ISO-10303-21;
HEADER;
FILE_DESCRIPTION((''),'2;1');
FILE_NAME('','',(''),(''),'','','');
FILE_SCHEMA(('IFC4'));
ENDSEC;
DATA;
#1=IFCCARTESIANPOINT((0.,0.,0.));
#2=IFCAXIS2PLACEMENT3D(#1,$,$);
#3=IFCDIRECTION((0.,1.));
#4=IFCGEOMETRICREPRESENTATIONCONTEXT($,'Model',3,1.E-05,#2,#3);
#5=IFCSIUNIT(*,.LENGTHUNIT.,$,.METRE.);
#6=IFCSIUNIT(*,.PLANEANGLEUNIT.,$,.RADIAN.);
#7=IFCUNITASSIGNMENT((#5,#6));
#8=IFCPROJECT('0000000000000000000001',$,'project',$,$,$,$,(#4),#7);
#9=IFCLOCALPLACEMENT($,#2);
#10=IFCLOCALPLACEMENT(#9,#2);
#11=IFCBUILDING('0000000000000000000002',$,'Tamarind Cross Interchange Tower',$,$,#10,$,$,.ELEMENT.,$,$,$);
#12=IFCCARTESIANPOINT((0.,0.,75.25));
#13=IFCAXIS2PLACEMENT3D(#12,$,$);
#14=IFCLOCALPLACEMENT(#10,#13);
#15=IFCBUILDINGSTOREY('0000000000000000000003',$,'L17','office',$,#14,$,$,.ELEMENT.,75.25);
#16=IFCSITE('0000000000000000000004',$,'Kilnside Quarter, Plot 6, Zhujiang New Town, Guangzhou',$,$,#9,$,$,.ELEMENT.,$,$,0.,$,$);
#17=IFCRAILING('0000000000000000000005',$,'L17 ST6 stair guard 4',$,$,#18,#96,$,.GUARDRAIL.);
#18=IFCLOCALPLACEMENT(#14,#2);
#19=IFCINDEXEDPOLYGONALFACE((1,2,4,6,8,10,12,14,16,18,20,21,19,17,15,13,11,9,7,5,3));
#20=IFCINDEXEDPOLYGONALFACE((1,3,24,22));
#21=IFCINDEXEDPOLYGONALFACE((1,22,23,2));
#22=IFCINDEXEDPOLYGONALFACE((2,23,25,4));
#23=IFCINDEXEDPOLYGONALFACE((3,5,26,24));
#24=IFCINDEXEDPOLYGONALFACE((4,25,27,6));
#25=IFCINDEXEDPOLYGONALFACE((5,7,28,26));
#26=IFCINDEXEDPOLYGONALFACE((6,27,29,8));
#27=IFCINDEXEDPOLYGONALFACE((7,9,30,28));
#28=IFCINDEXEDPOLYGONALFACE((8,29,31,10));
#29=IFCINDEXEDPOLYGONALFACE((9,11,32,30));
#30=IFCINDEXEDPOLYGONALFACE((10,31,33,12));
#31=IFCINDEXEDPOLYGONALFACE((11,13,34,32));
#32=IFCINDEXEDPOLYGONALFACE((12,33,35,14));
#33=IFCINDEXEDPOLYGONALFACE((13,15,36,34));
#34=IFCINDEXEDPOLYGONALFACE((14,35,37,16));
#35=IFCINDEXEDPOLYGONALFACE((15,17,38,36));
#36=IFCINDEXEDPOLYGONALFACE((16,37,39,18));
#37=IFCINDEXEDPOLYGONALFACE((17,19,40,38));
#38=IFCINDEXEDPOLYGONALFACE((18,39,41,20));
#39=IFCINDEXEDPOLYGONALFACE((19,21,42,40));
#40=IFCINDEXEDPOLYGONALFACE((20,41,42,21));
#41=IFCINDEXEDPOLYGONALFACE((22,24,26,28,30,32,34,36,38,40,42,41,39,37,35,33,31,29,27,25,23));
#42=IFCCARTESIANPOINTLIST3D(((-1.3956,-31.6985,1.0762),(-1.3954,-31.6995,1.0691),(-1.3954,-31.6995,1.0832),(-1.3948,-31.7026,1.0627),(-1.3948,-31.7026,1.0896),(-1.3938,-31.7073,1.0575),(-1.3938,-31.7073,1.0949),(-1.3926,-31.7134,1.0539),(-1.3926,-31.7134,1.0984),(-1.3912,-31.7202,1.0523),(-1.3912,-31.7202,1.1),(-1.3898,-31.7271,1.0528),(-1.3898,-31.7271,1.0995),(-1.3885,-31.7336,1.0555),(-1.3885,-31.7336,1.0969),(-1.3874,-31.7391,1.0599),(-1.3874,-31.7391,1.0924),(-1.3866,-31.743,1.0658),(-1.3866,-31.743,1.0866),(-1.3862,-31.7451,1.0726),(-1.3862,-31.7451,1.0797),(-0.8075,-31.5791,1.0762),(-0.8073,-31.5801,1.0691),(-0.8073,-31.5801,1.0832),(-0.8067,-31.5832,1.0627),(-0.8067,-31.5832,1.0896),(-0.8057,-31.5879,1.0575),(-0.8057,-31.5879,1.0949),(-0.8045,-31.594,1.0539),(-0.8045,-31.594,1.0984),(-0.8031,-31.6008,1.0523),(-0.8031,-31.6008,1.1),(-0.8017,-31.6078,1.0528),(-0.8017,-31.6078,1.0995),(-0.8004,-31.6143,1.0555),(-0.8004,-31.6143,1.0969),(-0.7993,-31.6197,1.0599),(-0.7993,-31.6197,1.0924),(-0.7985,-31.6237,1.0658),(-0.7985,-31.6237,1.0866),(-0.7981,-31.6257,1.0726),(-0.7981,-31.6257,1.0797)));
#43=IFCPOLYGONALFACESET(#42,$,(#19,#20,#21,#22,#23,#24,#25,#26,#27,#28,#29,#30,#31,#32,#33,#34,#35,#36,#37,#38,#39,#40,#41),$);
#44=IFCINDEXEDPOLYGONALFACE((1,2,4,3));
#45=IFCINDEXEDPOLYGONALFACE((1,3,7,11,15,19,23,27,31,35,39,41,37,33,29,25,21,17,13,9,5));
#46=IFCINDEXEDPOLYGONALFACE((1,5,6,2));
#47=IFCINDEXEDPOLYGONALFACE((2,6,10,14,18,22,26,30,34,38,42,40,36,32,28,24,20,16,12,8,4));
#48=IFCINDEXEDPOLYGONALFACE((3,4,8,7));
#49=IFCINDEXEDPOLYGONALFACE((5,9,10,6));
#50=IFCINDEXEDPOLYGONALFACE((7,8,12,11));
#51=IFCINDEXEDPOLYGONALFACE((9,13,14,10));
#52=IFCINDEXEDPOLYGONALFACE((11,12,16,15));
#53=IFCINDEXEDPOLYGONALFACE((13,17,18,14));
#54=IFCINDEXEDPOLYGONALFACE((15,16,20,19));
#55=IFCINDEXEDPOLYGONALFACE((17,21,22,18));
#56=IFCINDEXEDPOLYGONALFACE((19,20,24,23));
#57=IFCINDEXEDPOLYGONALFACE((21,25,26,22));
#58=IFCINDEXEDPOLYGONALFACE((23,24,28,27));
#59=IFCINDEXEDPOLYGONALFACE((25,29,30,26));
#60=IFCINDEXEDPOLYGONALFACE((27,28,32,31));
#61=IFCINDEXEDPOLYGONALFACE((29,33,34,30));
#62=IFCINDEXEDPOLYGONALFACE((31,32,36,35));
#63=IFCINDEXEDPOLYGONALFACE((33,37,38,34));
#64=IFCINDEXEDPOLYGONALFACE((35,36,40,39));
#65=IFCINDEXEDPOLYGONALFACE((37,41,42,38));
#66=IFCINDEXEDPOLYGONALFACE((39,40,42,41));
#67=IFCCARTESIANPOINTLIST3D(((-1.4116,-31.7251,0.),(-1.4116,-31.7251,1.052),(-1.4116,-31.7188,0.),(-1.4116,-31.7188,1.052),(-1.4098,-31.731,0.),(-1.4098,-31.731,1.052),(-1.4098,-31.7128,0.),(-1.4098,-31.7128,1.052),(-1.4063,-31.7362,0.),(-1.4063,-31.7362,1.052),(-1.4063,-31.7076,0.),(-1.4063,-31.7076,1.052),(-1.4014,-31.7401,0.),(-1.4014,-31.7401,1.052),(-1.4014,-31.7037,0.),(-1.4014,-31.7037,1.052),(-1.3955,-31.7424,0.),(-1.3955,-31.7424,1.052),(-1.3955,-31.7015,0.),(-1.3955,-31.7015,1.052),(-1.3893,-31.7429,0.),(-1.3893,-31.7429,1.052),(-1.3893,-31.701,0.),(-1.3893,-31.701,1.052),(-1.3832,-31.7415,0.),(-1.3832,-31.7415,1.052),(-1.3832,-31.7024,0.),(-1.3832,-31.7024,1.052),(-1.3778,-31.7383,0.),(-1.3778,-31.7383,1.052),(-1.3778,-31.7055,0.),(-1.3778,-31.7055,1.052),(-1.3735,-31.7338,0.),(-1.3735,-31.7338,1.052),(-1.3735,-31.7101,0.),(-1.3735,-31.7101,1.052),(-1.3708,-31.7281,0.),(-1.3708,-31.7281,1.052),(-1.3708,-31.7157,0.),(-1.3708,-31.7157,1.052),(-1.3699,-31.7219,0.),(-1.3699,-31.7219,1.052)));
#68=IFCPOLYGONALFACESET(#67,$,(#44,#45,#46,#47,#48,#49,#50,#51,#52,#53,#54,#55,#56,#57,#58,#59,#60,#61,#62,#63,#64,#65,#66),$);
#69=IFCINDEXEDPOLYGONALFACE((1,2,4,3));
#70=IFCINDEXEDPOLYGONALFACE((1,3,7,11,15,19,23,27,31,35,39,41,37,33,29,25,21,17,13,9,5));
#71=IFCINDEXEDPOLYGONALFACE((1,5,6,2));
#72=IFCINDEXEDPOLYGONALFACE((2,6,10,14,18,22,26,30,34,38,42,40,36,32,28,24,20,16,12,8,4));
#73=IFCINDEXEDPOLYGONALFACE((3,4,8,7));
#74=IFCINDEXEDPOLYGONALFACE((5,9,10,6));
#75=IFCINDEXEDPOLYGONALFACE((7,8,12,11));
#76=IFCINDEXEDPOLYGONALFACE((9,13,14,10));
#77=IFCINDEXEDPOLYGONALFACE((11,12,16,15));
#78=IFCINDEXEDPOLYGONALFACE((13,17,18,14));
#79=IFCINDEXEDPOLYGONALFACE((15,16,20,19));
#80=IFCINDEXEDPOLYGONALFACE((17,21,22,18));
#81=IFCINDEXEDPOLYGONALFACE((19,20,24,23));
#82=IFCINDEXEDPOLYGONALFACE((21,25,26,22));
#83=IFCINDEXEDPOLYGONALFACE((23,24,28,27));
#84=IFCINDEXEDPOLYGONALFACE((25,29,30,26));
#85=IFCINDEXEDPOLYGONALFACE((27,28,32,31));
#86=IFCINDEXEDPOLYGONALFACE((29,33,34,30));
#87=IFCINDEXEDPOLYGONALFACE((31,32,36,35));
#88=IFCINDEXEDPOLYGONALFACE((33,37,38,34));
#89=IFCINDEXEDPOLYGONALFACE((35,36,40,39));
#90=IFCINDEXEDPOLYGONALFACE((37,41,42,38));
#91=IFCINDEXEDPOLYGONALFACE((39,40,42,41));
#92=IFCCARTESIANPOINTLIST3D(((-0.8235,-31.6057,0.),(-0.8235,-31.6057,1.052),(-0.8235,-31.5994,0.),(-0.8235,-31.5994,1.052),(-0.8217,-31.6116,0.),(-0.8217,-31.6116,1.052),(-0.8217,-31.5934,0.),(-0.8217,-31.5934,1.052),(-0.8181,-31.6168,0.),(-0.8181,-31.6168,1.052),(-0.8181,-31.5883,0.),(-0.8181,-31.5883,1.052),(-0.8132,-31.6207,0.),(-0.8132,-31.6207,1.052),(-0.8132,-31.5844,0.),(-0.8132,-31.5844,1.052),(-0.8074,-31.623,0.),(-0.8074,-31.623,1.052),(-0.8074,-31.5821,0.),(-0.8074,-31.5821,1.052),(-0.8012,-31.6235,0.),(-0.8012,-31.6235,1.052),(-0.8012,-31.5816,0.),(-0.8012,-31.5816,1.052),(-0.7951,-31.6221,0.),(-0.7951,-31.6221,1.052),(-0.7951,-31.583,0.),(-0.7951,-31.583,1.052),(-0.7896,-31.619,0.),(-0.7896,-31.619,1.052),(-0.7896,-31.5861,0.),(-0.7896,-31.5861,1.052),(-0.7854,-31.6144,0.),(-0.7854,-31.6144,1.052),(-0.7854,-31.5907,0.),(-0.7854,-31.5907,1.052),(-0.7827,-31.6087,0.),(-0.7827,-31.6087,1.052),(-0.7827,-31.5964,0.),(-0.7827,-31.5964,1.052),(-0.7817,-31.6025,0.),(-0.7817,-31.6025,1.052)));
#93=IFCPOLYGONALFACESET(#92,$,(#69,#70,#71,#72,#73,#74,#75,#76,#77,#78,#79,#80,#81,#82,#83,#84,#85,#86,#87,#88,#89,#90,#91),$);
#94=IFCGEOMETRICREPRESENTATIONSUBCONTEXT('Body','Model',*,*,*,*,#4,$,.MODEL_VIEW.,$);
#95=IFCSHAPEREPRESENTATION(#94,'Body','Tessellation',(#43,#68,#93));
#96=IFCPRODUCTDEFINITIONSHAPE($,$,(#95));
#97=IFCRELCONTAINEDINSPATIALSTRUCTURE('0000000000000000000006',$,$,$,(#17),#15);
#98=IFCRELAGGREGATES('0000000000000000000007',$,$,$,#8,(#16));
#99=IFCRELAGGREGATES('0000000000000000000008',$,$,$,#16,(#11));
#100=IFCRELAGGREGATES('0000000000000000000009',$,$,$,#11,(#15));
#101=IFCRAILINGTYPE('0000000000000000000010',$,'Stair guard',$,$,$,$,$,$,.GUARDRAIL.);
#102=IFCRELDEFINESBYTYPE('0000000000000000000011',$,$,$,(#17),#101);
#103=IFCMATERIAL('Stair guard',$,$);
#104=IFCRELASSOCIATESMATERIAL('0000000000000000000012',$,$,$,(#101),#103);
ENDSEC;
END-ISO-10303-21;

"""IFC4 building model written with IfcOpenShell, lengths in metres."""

from ifc_helpers import new_model, si_unit, direction, frame, origin, origin_2d, place, context, subcontext, project, spatial, circle, extrude, material, type_object, element, save


model = new_model("IFC4")

# Units and contexts
model_context = context("Model", 3, precision=1e-05, world=origin(), true_north=direction((0.0, 1.0)))
body_context = subcontext(model_context, "Body", "Model", "MODEL_VIEW")
ifc_project = project(units=[si_unit("LENGTHUNIT", "METRE"), si_unit("PLANEANGLEUNIT", "RADIAN")], contexts=[model_context])

# Site, building, storey
site_placement = place(None, origin())
site = spatial("IfcSite", under=ifc_project, at=site_placement, Name="Kilnside Quarter, Plot 6, Zhujiang New Town, Guangzhou", CompositionType="ELEMENT", RefElevation=0.0)
building_placement = place(site_placement, origin())
building = spatial("IfcBuilding", under=site, at=building_placement, Name="Tamarind Cross Interchange Tower", CompositionType="ELEMENT")
storey_placement = place(building_placement, frame((0.0, 0.0, 75.25)))
storey = spatial("IfcBuildingStorey", under=building, at=storey_placement, Name="L17", Description="office", CompositionType="ELEMENT", Elevation=75.25)

# Railing
ifc_material_1 = material(Name="Stair guard")
railing_type_1 = type_object("IfcRailingType", Name="Stair guard", PredefinedType="GUARDRAIL", material=ifc_material_1)
railing_1_placement = place(storey_placement, frame((-1.3909, -31.7219, 0.0)))
element("IfcRailing", 1, at=railing_1_placement, inside=storey, type_object=railing_type_1, Name="L17 ST6 stair guard 4", PredefinedType="GUARDRAIL", context=body_context, shape_type="SweptSolid", body=[
    extrude(circle(Radius=0.0239, at=origin_2d()), frame((0.0, 0.0, 1.0762), z_axis=(0.980013, 0.198932, 0.0), x_axis=(-0.198932, 0.980013, 0.0)), (0.0, 0.0, 1.0), 0.6001),
    extrude(circle(Radius=0.021, at=origin_2d()), origin(), (0.0, 0.0, 1.0), 1.052),
    extrude(circle(Radius=0.021, at=origin_2d()), frame((0.5881, 0.1194, 0.0)), (0.0, 0.0, 1.0), 1.052),
])

save(model, "model.ifc")
